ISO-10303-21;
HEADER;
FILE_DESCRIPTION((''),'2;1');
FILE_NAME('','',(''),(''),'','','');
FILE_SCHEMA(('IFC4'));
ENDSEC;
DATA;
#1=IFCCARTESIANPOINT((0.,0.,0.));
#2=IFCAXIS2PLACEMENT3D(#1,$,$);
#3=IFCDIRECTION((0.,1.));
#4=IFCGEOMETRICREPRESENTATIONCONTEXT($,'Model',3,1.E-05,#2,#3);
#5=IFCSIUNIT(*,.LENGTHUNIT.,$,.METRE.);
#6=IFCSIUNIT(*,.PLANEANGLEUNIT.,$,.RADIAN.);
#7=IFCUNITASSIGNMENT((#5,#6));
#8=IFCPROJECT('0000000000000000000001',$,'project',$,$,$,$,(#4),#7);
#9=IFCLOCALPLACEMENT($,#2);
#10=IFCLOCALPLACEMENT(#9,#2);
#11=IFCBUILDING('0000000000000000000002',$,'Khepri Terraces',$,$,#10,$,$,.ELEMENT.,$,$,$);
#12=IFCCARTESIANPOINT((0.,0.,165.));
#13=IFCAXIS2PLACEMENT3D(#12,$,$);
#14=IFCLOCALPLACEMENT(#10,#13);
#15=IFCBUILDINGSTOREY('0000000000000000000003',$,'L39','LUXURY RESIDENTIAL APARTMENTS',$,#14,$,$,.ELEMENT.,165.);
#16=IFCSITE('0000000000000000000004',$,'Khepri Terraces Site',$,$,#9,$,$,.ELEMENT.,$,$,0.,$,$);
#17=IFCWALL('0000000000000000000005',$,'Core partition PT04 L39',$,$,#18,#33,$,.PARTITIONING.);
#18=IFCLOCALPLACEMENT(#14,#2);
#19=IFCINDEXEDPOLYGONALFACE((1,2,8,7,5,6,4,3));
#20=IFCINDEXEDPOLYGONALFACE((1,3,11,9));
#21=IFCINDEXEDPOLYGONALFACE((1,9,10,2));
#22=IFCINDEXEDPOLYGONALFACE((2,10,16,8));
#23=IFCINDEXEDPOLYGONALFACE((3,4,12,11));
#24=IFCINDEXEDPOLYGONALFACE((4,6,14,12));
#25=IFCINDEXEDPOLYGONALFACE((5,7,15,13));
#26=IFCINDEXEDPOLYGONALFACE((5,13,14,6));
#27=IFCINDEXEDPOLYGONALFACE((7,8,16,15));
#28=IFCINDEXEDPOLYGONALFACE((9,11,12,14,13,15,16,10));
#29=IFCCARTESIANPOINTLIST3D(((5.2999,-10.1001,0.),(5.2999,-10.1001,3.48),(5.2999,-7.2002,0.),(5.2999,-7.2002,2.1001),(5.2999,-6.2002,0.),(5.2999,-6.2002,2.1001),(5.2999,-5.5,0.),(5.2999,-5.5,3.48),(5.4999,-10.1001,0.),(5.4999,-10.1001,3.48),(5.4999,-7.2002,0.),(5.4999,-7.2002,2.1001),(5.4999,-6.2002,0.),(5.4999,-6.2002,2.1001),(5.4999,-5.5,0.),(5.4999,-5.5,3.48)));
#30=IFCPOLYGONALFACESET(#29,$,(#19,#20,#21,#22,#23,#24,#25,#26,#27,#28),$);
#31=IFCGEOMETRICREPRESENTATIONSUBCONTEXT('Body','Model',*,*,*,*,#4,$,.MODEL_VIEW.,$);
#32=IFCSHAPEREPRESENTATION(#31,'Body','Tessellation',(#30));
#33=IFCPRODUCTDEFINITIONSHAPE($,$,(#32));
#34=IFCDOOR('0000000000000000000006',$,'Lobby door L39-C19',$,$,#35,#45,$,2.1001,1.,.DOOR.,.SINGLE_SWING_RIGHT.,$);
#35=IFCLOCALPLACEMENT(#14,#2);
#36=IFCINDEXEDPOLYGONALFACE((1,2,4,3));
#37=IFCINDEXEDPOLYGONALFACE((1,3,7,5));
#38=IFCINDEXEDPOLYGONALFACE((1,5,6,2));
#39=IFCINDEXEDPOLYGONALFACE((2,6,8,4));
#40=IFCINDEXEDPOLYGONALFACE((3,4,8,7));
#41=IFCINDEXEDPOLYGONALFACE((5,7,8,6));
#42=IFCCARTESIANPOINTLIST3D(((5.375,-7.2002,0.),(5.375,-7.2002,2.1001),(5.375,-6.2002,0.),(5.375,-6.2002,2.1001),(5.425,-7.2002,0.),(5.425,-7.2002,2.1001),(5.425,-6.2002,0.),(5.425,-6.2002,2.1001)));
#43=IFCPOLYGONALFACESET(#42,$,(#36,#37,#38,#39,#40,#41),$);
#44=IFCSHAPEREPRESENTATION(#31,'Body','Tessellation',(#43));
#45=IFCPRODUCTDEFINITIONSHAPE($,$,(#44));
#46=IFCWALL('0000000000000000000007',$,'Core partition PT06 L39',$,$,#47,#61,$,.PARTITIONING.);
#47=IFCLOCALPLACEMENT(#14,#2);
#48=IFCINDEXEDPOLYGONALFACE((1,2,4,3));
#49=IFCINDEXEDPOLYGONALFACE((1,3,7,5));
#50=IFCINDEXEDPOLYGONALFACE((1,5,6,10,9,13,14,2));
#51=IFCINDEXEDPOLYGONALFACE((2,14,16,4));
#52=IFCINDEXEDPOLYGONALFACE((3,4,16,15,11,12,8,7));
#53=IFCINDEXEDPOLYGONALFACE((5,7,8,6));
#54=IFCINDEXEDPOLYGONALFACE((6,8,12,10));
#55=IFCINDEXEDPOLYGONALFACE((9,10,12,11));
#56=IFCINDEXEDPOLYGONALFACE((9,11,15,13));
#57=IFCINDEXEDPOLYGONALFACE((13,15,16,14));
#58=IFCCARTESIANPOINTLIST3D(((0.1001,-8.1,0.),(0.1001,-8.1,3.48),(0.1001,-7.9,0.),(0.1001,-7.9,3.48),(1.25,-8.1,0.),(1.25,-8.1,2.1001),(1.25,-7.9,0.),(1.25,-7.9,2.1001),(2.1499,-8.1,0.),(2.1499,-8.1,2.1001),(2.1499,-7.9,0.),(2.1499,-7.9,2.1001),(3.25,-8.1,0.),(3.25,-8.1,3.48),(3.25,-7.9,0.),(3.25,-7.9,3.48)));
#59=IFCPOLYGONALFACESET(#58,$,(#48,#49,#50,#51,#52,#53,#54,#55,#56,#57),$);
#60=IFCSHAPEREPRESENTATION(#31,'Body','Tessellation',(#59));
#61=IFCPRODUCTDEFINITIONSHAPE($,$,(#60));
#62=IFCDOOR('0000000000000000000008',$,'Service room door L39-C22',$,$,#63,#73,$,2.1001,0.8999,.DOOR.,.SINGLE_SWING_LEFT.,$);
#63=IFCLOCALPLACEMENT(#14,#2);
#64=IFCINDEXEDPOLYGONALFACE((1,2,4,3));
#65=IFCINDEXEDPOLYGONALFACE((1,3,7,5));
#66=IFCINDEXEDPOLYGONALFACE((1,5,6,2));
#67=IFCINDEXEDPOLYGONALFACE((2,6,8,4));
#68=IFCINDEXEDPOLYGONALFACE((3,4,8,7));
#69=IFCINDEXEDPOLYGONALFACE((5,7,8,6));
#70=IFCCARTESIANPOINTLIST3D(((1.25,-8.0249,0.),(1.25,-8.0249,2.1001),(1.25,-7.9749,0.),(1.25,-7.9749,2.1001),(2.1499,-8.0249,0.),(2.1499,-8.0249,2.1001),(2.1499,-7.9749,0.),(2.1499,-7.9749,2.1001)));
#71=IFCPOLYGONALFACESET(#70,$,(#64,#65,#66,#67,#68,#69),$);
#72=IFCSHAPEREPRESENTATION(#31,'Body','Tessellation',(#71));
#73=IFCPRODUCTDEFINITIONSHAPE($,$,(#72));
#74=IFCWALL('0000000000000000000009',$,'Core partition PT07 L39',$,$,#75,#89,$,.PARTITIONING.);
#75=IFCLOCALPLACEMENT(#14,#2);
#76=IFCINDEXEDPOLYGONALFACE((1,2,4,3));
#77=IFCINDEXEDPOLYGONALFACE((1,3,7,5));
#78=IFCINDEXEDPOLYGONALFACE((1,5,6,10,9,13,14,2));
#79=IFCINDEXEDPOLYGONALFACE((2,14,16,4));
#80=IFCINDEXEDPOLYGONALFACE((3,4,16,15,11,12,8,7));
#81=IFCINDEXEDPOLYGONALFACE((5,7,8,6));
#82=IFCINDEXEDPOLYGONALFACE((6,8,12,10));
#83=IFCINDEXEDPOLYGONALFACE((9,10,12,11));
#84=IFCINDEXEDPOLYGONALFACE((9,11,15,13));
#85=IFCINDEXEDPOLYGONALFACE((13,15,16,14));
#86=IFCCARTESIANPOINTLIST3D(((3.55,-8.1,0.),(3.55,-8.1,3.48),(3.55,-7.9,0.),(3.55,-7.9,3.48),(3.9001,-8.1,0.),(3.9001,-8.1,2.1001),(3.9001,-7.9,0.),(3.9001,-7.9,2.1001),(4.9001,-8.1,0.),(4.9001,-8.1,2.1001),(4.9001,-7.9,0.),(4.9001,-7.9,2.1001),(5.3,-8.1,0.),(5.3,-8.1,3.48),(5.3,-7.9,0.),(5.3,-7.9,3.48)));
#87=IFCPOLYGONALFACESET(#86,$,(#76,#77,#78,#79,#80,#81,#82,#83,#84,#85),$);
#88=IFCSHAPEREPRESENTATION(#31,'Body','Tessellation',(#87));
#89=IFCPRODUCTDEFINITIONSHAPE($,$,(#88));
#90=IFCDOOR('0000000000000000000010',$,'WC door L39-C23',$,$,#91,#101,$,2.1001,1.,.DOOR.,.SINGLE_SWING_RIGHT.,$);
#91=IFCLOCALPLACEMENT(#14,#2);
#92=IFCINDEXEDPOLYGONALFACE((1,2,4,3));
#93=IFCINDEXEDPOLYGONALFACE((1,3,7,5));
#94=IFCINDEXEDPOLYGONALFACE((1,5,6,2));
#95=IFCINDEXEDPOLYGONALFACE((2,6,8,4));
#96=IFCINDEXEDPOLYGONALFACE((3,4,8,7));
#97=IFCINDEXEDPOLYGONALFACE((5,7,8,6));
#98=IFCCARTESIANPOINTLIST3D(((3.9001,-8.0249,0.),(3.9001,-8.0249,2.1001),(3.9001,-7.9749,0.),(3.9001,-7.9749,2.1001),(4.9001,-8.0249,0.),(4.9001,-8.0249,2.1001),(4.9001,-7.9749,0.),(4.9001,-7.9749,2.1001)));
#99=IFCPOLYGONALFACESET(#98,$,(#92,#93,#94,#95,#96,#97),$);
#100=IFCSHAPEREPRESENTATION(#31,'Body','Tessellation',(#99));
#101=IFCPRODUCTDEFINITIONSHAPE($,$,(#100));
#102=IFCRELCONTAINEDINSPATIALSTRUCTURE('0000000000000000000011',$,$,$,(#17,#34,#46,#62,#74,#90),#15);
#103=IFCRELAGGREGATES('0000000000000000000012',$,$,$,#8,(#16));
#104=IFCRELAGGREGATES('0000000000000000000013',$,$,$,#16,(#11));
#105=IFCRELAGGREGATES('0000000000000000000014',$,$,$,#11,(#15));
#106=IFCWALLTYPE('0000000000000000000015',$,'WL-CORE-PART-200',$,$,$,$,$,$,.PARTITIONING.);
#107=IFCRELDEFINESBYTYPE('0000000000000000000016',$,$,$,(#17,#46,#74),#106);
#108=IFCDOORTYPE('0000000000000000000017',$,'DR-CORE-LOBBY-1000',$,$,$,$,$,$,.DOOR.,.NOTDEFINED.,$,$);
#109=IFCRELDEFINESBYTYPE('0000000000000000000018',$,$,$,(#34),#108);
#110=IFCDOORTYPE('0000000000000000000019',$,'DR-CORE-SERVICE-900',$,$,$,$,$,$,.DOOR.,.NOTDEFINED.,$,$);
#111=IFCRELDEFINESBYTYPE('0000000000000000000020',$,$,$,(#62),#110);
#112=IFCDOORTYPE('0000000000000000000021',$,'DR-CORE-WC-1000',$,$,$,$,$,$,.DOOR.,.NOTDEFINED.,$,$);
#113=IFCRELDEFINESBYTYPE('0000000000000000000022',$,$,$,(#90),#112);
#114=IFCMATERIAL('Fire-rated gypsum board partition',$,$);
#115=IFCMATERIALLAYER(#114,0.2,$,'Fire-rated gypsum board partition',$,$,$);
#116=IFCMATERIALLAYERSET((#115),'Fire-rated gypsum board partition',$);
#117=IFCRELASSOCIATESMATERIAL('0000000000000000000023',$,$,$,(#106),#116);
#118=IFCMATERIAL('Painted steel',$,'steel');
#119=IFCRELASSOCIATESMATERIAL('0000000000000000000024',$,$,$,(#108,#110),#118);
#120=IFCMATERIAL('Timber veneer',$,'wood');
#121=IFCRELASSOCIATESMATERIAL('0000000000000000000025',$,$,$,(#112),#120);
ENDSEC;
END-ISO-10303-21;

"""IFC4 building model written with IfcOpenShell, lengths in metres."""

from ifc_helpers import new_model, si_unit, direction, frame, frame_2d, origin, place, context, subcontext, project, spatial, rectangle, extrude, material, layer, layer_set, type_object, element, fill, save


model = new_model("IFC4")

# Units and contexts
model_context = context("Model", 3, precision=1e-05, world=origin(), true_north=direction((0.0, 1.0)))
body_context = subcontext(model_context, "Body", "Model", "MODEL_VIEW")
ifc_project = project(units=[si_unit("LENGTHUNIT", "METRE"), si_unit("PLANEANGLEUNIT", "RADIAN")], contexts=[model_context])

# Site, building, storey
site_placement = place(None, origin())
site = spatial("IfcSite", under=ifc_project, at=site_placement, Name="Khepri Terraces Site", CompositionType="ELEMENT", RefElevation=0.0)
building_placement = place(site_placement, origin())
building = spatial("IfcBuilding", under=site, at=building_placement, Name="Khepri Terraces", CompositionType="ELEMENT")
storey_placement = place(building_placement, frame((0.0, 0.0, 165.0)))
storey = spatial("IfcBuildingStorey", under=building, at=storey_placement, Name="L39", Description="LUXURY RESIDENTIAL APARTMENTS", CompositionType="ELEMENT", Elevation=165.0)

# Shared definitions
ifc_material_1 = material(Name="Painted steel", Category="steel")

# Walls, openings, doors
ifc_material_2 = material(Name="Fire-rated gypsum board partition")
ifc_layer_1 = layer(ifc_material_2, 0.2, Name="Fire-rated gypsum board partition")
ifc_layer_set_1 = layer_set([ifc_layer_1], Name="Fire-rated gypsum board partition")
wall_type_1 = type_object("IfcWallType", Name="WL-CORE-PART-200", PredefinedType="PARTITIONING", material=ifc_layer_set_1)
wall_1_placement = place(storey_placement, frame((5.3999, -10.1001, 0.0), z_axis=(0.0, 0.0, 1.0), x_axis=(0.0, 1.0, 0.0)))
wall_1 = element("IfcWall", 1, at=wall_1_placement, inside=storey, type_object=wall_type_1, Name="Core partition PT04 L39", PredefinedType="PARTITIONING", context=body_context, shape_type="SweptSolid", body=[
    extrude(rectangle(XDim=4.6001, YDim=0.2, at=frame_2d((2.3, 0.0))), origin(), (0.0, 0.0, 1.0), 3.48),
])
opening_1_placement = place(wall_1_placement, frame((2.8999, 0.0, 0.0)))
opening_1 = element("IfcOpeningElement", 2, at=opening_1_placement, cuts=wall_1, PredefinedType="OPENING", context=body_context, shape_type="SweptSolid", body=[
    extrude(rectangle(XDim=1.0, YDim=2.1001, at=frame_2d((0.5, 1.05))), frame((0.0, 0.1099, 0.0), z_axis=(0.0, -1.0, 0.0), x_axis=(1.0, 0.0, 0.0)), (0.0, 0.0, 1.0), 0.22),
])
door_type_1 = type_object("IfcDoorType", Name="DR-CORE-LOBBY-1000", OperationType="NOTDEFINED", PredefinedType="DOOR", material=ifc_material_1)
door_1_placement = place(opening_1_placement, origin())
door_1 = element("IfcDoor", 3, at=door_1_placement, inside=storey, type_object=door_type_1, Name="Lobby door L39-C19", OperationType="SINGLE_SWING_RIGHT", OverallHeight=2.1001, OverallWidth=1.0, PredefinedType="DOOR", context=body_context, shape_type="SweptSolid", body=[
    extrude(rectangle(XDim=1.0, YDim=2.1001, at=frame_2d((0.5, 1.05))), frame((0.0, 0.0249, 0.0), z_axis=(0.0, -1.0, 0.0), x_axis=(1.0, 0.0, 0.0)), (0.0, 0.0, 1.0), 0.05),
])
fill(opening_1, door_1)
wall_2_placement = place(storey_placement, frame((0.1001, -8.0, 0.0), z_axis=(0.0, 0.0, 1.0), x_axis=(1.0, 0.0, 0.0)))
wall_2 = element("IfcWall", 4, at=wall_2_placement, inside=storey, type_object=wall_type_1, Name="Core partition PT06 L39", PredefinedType="PARTITIONING", context=body_context, shape_type="SweptSolid", body=[
    extrude(rectangle(XDim=3.1499, YDim=0.2, at=frame_2d((1.575, 0.0))), origin(), (0.0, 0.0, 1.0), 3.48),
])
opening_2_placement = place(wall_2_placement, frame((1.1499, 0.0, 0.0)))
opening_2 = element("IfcOpeningElement", 5, at=opening_2_placement, cuts=wall_2, PredefinedType="OPENING", context=body_context, shape_type="SweptSolid", body=[
    extrude(rectangle(XDim=0.8999, YDim=2.1001, at=frame_2d((0.45, 1.05))), frame((0.0, 0.1099, 0.0), z_axis=(0.0, -1.0, 0.0), x_axis=(1.0, 0.0, 0.0)), (0.0, 0.0, 1.0), 0.22),
])
door_type_2 = type_object("IfcDoorType", Name="DR-CORE-SERVICE-900", OperationType="NOTDEFINED", PredefinedType="DOOR", material=ifc_material_1)
door_2_placement = place(opening_2_placement, frame((0.8999, 0.0, 0.0), z_axis=(0.0, 0.0, 1.0), x_axis=(-1.0, 0.0, 0.0)))
door_2 = element("IfcDoor", 6, at=door_2_placement, inside=storey, type_object=door_type_2, Name="Service room door L39-C22", OperationType="SINGLE_SWING_LEFT", OverallHeight=2.1001, OverallWidth=0.8999, PredefinedType="DOOR", context=body_context, shape_type="SweptSolid", body=[
    extrude(rectangle(XDim=0.8999, YDim=2.1001, at=frame_2d((0.45, 1.05))), frame((0.0, 0.0249, 0.0), z_axis=(0.0, -1.0, 0.0), x_axis=(1.0, 0.0, 0.0)), (0.0, 0.0, 1.0), 0.05),
])
fill(opening_2, door_2)
wall_3_placement = place(storey_placement, frame((3.55, -8.0, 0.0), z_axis=(0.0, 0.0, 1.0), x_axis=(1.0, 0.0, 0.0)))
wall_3 = element("IfcWall", 7, at=wall_3_placement, inside=storey, type_object=wall_type_1, Name="Core partition PT07 L39", PredefinedType="PARTITIONING", context=body_context, shape_type="SweptSolid", body=[
    extrude(rectangle(XDim=1.75, YDim=0.2, at=frame_2d((0.875, 0.0))), origin(), (0.0, 0.0, 1.0), 3.48),
])
opening_3_placement = place(wall_3_placement, frame((0.3501, 0.0, 0.0)))
opening_3 = element("IfcOpeningElement", 8, at=opening_3_placement, cuts=wall_3, PredefinedType="OPENING", context=body_context, shape_type="SweptSolid", body=[
    extrude(rectangle(XDim=1.0, YDim=2.1001, at=frame_2d((0.5, 1.05))), frame((0.0, 0.1099, 0.0), z_axis=(0.0, -1.0, 0.0), x_axis=(1.0, 0.0, 0.0)), (0.0, 0.0, 1.0), 0.22),
])
ifc_material_3 = material(Name="Timber veneer", Category="wood")
door_type_3 = type_object("IfcDoorType", Name="DR-CORE-WC-1000", OperationType="NOTDEFINED", PredefinedType="DOOR", material=ifc_material_3)
door_3_placement = place(opening_3_placement, frame((1.0, 0.0, 0.0), z_axis=(0.0, 0.0, 1.0), x_axis=(-1.0, 0.0, 0.0)))
door_3 = element("IfcDoor", 9, at=door_3_placement, inside=storey, type_object=door_type_3, Name="WC door L39-C23", OperationType="SINGLE_SWING_RIGHT", OverallHeight=2.1001, OverallWidth=1.0, PredefinedType="DOOR", context=body_context, shape_type="SweptSolid", body=[
    extrude(rectangle(XDim=1.0, YDim=2.1001, at=frame_2d((0.5, 1.05))), frame((0.0, 0.0249, 0.0), z_axis=(0.0, -1.0, 0.0), x_axis=(1.0, 0.0, 0.0)), (0.0, 0.0, 1.0), 0.05),
])
fill(opening_3, door_3)

save(model, "model.ifc")
